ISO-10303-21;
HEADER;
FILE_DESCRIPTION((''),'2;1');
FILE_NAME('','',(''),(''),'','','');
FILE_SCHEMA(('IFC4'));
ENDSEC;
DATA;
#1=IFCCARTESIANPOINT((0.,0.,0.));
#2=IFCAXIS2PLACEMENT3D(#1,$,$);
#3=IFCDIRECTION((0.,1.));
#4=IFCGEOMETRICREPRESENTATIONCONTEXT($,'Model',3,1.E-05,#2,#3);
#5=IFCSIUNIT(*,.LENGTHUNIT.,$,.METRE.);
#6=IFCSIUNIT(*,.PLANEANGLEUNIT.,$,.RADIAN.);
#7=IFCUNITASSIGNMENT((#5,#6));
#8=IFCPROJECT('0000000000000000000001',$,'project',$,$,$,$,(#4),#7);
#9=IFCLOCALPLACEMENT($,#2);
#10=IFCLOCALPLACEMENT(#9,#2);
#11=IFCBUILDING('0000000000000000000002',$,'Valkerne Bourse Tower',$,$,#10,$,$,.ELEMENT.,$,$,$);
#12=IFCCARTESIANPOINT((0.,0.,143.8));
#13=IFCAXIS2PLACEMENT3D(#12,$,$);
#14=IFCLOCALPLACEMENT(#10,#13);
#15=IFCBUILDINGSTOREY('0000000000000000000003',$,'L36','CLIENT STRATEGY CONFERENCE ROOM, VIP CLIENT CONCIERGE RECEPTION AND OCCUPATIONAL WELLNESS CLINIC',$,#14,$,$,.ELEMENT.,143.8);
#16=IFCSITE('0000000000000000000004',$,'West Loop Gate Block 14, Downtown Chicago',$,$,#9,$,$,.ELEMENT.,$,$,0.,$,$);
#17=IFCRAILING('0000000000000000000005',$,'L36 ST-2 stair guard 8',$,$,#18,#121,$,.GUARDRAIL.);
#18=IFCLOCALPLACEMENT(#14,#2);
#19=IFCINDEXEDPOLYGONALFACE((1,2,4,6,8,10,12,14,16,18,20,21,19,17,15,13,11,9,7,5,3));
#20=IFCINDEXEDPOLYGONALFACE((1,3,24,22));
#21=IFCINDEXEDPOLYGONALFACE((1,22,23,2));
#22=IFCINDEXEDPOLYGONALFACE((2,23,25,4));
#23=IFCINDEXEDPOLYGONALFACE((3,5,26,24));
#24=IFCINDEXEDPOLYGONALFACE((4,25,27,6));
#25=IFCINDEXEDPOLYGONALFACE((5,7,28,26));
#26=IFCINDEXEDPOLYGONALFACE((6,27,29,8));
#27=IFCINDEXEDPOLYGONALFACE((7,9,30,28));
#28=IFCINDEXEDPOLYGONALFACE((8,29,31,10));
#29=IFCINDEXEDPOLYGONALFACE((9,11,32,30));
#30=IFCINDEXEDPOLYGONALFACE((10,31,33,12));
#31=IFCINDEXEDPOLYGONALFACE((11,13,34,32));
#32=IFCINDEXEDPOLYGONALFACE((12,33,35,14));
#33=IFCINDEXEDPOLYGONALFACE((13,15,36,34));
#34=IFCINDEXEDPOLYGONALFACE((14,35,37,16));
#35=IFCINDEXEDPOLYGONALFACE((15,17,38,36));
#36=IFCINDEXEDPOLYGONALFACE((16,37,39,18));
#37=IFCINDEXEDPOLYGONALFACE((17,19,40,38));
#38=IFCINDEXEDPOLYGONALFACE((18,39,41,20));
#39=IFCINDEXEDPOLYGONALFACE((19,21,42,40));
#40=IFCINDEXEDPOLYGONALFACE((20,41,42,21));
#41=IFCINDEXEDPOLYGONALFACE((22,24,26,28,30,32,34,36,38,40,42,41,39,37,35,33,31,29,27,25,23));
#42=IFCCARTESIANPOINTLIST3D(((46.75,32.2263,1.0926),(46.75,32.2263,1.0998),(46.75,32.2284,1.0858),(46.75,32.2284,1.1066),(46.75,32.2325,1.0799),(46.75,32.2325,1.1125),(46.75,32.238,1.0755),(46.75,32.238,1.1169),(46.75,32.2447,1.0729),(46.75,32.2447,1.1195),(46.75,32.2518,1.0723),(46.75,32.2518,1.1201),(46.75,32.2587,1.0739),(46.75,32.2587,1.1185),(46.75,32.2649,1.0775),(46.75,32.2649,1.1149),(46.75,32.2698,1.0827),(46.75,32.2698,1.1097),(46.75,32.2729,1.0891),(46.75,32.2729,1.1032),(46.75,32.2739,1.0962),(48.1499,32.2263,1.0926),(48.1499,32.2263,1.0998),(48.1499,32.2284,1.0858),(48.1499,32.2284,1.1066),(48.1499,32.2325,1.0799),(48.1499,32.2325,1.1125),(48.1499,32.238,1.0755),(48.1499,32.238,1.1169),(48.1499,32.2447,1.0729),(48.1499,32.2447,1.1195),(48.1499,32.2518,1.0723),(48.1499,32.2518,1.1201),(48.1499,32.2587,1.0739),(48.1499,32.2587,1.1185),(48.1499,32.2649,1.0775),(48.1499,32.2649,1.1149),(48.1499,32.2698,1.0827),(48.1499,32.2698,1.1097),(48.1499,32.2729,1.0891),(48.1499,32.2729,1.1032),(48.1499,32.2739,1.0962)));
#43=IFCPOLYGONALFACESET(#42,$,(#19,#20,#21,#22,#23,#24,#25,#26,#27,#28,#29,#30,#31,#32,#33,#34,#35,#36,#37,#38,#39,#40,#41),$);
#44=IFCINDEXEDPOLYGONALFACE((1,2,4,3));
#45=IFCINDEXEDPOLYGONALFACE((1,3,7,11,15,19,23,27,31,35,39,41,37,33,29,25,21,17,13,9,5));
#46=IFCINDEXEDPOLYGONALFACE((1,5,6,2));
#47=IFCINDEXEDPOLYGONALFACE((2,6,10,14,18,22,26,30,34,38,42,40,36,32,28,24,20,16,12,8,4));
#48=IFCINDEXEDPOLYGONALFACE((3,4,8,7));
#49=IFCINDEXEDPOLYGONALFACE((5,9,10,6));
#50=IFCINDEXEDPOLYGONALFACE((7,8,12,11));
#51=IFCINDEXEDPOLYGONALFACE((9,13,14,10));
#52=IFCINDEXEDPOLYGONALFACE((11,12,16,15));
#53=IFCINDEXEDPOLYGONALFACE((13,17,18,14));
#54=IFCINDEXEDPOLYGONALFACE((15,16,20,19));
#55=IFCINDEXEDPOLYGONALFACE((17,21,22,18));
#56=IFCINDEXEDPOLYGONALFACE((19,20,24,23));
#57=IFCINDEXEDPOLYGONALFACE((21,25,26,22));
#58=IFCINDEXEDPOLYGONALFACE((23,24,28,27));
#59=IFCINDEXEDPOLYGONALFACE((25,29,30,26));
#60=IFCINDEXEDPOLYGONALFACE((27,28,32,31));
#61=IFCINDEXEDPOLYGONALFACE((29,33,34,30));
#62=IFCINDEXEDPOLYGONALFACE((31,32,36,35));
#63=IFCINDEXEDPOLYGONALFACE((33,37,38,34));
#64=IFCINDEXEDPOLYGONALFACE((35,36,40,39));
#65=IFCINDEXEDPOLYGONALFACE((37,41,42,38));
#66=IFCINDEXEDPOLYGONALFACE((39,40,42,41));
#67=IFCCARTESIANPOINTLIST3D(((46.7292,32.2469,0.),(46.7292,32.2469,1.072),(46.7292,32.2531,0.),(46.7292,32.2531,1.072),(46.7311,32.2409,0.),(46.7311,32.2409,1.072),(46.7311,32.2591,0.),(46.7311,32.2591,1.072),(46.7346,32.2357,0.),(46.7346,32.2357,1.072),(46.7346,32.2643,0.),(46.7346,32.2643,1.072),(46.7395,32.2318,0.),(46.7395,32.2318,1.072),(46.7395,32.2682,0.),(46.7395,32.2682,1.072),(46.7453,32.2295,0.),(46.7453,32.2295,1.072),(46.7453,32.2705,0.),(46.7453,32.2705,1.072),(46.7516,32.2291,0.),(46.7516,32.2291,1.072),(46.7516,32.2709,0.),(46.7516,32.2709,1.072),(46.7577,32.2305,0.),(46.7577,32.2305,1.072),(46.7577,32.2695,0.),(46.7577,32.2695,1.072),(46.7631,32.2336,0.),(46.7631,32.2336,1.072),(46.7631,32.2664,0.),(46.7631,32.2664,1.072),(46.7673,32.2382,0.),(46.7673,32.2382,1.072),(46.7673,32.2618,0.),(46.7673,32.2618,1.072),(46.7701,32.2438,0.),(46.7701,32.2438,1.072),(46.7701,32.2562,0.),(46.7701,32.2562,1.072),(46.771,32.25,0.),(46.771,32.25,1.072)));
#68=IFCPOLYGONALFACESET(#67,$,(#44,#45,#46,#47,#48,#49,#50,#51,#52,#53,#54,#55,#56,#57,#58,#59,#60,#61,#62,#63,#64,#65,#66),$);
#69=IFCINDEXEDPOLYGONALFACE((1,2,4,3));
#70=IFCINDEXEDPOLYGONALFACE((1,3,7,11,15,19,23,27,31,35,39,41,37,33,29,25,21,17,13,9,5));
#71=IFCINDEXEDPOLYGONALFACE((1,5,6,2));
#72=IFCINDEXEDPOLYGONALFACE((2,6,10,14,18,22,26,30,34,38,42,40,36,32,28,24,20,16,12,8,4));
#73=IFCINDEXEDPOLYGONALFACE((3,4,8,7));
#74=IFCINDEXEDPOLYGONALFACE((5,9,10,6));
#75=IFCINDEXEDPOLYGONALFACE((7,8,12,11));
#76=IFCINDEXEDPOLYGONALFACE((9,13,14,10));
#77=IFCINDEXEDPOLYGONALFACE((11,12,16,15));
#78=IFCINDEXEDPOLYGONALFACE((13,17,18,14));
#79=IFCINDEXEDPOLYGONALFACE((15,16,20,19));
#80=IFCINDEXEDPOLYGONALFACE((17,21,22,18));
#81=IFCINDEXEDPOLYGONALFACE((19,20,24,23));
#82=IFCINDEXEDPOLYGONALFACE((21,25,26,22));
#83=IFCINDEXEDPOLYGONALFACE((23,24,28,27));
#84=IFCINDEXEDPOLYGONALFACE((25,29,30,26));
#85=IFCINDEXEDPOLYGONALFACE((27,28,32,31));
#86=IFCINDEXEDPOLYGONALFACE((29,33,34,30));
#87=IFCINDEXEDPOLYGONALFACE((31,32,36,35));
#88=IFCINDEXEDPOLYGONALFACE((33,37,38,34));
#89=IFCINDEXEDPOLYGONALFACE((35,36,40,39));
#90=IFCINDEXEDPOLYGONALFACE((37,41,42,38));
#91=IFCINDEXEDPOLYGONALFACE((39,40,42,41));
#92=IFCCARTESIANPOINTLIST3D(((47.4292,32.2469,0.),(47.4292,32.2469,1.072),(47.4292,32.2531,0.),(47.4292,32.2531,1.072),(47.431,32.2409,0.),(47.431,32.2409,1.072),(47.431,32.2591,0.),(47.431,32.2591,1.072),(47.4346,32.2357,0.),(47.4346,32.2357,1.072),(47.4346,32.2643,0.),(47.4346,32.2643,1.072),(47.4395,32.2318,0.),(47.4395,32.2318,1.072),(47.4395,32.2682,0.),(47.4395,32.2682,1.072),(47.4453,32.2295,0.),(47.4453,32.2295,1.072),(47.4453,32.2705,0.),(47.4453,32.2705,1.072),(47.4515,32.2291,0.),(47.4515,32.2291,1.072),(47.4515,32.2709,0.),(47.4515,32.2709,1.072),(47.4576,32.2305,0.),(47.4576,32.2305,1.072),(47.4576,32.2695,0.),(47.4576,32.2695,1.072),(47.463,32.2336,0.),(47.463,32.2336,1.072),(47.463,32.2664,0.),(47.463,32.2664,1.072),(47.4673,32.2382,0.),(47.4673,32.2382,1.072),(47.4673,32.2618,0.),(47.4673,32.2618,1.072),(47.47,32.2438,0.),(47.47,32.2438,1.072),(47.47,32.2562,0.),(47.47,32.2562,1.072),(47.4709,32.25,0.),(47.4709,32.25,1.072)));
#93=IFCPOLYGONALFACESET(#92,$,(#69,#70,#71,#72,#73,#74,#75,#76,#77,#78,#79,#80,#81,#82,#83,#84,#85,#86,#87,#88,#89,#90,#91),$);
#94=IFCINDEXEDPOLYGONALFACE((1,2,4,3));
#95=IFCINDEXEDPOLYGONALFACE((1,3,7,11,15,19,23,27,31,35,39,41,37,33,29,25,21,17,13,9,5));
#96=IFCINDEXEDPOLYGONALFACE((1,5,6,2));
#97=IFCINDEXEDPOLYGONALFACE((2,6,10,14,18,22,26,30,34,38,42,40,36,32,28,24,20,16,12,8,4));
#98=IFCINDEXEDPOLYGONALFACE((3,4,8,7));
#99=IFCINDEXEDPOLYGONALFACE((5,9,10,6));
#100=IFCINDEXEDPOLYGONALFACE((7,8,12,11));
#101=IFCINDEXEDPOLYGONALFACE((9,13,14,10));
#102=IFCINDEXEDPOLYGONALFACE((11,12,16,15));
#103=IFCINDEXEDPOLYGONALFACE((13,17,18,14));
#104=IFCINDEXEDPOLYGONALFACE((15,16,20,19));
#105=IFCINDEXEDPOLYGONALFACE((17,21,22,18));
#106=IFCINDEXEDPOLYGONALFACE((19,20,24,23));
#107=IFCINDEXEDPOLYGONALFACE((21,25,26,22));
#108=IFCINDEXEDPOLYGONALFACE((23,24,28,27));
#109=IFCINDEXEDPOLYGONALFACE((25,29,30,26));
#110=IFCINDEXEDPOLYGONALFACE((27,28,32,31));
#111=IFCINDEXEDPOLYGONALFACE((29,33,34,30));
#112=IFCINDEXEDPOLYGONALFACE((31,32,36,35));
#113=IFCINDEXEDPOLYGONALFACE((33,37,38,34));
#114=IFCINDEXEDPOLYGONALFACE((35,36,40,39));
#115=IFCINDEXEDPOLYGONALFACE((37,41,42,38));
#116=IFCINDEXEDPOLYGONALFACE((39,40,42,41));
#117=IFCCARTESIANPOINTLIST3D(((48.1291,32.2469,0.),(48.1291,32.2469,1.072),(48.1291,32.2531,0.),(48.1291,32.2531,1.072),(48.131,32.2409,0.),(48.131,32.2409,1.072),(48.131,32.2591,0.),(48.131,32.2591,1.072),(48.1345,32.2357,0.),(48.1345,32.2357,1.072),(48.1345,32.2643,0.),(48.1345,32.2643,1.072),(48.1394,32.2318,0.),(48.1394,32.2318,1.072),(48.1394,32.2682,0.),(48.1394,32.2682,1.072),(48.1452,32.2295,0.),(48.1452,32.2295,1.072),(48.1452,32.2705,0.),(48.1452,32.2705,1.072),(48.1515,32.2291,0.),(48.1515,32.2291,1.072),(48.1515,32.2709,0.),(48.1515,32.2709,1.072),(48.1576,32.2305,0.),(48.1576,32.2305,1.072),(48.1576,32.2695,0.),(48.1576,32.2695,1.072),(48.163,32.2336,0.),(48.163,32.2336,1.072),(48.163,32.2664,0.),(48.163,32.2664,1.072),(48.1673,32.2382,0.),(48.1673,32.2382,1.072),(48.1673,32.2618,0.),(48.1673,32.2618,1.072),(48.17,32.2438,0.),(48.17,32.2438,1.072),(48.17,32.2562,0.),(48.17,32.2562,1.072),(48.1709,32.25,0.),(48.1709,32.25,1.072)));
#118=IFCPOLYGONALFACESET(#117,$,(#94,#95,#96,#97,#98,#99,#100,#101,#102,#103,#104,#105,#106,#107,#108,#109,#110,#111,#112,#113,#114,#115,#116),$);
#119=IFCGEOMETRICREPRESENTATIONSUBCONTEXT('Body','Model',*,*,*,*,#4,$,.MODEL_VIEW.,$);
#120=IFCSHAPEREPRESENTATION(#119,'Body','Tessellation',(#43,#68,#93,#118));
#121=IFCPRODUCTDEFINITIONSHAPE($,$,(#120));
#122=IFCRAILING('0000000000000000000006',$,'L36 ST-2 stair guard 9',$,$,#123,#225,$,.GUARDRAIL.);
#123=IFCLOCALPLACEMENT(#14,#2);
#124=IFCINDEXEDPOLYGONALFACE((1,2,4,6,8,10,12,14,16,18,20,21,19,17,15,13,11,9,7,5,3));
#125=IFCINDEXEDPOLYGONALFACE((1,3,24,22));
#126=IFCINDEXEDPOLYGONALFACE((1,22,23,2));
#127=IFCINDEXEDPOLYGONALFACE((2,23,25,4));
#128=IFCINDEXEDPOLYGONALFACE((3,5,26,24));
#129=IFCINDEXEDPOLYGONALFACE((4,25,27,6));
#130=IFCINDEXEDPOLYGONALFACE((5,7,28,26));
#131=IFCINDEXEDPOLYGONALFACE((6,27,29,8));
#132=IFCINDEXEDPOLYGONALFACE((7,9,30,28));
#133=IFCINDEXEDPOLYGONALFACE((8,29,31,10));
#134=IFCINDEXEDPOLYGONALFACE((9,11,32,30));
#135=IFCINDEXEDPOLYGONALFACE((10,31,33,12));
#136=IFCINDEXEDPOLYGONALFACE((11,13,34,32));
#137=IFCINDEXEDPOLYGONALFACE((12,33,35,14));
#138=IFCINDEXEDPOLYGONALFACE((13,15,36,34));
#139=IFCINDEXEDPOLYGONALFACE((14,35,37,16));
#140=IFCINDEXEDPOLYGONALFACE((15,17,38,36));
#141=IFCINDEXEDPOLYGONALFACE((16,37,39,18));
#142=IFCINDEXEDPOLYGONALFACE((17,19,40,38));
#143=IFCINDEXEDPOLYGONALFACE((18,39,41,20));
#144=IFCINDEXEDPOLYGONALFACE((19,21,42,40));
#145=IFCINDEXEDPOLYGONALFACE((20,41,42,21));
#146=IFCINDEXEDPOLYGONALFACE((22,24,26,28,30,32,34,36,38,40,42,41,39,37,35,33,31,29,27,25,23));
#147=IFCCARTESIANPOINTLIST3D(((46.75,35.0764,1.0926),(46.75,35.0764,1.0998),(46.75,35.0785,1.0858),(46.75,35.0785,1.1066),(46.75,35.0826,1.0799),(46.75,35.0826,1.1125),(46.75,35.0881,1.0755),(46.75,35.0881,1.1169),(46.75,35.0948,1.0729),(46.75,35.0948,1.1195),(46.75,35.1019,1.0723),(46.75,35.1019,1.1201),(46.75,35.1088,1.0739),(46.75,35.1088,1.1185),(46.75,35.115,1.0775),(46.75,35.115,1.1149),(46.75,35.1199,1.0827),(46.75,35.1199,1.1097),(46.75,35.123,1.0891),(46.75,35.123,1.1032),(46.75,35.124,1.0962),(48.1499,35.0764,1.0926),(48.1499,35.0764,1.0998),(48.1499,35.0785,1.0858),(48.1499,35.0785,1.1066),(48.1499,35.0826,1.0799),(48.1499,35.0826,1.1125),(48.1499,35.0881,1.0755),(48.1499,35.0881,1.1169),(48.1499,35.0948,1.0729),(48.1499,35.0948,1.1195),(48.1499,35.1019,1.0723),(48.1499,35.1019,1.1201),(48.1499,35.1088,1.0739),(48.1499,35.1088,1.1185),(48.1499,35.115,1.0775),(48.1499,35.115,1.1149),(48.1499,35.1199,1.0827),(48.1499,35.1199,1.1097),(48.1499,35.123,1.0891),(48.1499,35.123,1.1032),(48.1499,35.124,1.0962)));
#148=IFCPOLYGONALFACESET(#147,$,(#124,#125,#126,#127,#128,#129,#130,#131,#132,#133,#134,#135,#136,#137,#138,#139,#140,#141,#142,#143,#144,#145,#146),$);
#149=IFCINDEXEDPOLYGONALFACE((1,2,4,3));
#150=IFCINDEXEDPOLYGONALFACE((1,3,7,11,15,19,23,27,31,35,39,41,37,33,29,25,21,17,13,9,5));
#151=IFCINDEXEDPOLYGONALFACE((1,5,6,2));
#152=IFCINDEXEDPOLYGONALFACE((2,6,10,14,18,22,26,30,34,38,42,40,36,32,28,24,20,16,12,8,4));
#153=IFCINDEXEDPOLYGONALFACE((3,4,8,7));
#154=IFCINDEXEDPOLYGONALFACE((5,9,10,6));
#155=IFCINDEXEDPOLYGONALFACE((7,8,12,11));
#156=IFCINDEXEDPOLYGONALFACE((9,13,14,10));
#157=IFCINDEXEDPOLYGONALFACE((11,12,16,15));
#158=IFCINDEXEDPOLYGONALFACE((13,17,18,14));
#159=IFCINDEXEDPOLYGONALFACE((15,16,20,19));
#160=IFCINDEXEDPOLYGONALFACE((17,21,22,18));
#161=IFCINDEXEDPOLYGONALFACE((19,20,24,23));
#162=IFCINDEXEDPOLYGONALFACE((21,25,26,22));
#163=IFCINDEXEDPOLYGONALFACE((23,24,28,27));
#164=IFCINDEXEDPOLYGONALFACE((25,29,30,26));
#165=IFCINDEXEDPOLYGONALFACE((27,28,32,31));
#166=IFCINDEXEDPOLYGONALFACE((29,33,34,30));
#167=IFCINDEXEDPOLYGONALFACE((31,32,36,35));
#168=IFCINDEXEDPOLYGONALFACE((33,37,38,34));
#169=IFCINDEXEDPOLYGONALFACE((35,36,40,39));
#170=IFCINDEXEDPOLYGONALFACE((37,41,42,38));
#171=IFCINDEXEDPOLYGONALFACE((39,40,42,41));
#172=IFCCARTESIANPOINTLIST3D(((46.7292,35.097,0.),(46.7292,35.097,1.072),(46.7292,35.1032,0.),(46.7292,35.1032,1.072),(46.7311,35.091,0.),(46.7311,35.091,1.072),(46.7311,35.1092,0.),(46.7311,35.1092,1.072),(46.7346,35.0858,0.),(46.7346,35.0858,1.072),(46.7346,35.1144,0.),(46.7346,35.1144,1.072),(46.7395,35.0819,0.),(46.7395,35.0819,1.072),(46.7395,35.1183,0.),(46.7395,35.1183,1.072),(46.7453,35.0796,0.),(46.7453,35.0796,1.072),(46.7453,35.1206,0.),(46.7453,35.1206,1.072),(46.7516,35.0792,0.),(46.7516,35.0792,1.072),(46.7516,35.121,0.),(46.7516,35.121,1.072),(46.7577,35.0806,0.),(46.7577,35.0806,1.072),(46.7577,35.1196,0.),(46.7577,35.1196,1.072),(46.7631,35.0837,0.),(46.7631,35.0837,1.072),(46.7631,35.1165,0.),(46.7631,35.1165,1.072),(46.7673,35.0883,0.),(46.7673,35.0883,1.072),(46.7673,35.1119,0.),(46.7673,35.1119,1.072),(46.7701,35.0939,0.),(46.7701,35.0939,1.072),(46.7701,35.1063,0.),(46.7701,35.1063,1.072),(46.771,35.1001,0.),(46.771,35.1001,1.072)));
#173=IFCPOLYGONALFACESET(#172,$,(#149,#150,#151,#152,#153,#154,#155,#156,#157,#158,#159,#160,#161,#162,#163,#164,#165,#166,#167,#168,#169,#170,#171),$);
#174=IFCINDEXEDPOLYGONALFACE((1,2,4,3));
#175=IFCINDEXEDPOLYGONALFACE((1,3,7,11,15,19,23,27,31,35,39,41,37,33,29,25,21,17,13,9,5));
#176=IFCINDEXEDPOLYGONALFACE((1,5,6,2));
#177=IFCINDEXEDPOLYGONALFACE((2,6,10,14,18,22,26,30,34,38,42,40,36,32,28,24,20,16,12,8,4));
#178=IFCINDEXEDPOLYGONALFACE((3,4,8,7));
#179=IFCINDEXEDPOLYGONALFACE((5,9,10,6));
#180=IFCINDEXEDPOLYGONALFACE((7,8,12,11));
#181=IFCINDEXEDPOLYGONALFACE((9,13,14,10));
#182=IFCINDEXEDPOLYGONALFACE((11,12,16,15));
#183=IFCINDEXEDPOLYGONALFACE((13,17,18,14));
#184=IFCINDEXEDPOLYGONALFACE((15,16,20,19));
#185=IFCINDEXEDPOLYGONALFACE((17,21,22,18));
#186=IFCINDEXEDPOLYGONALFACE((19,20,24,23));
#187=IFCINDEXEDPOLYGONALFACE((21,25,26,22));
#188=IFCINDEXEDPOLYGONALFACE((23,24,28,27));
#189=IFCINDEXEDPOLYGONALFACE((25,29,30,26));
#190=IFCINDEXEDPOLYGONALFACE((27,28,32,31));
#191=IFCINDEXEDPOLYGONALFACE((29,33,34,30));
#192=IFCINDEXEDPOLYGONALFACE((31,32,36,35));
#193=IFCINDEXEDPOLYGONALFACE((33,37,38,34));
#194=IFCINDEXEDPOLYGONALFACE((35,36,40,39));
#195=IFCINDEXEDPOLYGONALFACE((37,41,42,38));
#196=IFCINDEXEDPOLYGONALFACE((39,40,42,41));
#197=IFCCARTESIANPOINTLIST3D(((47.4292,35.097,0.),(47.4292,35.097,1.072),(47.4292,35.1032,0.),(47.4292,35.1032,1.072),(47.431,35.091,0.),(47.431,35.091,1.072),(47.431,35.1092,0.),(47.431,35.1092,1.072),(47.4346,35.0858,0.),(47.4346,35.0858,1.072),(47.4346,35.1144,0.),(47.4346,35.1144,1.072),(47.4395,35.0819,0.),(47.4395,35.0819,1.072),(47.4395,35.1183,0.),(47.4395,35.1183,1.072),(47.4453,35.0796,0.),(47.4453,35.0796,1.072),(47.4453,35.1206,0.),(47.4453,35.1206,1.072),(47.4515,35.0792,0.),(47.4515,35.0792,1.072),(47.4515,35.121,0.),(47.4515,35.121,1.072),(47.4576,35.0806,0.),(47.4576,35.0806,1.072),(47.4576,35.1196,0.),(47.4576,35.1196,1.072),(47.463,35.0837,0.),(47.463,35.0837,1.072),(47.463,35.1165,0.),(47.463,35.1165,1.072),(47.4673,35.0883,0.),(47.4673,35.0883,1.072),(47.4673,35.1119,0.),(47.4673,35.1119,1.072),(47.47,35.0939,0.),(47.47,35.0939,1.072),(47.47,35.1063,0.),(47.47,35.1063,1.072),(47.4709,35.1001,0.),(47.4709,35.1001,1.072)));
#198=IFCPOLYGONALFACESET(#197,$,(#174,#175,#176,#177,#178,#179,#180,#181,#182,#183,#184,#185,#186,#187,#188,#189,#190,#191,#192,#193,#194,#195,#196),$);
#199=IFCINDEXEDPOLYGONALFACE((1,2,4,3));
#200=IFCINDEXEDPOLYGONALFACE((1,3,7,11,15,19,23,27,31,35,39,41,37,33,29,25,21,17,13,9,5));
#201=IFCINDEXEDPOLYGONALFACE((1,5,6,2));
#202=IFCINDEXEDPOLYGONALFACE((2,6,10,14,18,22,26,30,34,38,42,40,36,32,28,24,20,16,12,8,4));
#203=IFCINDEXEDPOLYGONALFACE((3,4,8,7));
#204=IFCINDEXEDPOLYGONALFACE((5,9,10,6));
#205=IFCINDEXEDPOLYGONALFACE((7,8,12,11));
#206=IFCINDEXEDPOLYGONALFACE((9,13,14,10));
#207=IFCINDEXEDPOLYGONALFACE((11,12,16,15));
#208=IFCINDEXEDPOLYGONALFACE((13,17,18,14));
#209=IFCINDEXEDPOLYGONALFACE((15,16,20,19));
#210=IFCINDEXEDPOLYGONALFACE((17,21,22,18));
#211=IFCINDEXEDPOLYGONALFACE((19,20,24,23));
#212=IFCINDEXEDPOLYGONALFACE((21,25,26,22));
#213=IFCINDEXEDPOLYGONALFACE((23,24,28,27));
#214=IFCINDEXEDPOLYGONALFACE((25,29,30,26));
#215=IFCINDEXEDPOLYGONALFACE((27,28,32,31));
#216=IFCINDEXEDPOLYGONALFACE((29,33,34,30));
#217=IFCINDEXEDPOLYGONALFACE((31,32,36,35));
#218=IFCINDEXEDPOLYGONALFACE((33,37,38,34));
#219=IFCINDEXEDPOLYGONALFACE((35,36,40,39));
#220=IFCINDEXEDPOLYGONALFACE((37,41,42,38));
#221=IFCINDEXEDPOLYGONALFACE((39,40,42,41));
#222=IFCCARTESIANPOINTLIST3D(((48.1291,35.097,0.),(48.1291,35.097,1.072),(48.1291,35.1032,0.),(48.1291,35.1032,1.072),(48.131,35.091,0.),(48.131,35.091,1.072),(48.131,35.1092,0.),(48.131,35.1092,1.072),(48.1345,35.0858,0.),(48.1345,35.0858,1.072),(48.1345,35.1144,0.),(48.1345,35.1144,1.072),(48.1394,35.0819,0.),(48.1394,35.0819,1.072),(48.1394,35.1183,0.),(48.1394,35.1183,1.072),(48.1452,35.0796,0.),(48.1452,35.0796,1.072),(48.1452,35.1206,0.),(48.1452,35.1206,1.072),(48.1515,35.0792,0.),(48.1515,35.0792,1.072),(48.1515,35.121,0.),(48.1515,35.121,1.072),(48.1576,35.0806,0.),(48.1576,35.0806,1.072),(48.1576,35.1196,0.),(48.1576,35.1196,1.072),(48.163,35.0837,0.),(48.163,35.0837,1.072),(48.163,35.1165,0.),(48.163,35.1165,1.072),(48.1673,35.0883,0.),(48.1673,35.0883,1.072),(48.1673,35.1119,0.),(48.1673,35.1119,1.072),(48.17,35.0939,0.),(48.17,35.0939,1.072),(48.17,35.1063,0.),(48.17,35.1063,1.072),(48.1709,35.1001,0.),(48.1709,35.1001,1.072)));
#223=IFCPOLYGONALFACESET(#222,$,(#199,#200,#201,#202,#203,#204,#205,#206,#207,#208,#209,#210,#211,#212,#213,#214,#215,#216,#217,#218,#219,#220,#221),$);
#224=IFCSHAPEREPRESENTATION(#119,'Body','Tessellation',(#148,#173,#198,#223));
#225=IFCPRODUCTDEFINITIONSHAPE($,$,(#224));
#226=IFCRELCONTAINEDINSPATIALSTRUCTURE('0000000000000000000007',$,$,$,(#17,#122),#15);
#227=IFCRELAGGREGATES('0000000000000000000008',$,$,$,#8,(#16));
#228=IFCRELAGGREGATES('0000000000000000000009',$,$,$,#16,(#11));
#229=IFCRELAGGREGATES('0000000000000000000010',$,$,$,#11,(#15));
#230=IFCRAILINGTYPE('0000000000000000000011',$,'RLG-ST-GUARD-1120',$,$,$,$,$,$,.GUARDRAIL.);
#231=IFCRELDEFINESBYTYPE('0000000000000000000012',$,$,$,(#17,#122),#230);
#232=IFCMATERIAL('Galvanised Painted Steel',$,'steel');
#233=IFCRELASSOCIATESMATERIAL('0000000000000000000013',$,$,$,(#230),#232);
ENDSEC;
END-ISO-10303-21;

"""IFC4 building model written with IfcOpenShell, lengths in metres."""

from ifc_helpers import new_model, si_unit, direction, frame, origin, origin_2d, place, context, subcontext, project, spatial, circle, extrude, material, type_object, element, save


model = new_model("IFC4")

# Units and contexts
model_context = context("Model", 3, precision=1e-05, world=origin(), true_north=direction((0.0, 1.0)))
body_context = subcontext(model_context, "Body", "Model", "MODEL_VIEW")
ifc_project = project(units=[si_unit("LENGTHUNIT", "METRE"), si_unit("PLANEANGLEUNIT", "RADIAN")], contexts=[model_context])

# Site, building, storey
site_placement = place(None, origin())
site = spatial("IfcSite", under=ifc_project, at=site_placement, Name="West Loop Gate Block 14, Downtown Chicago", CompositionType="ELEMENT", RefElevation=0.0)
building_placement = place(site_placement, origin())
building = spatial("IfcBuilding", under=site, at=building_placement, Name="Valkerne Bourse Tower", CompositionType="ELEMENT")
storey_placement = place(building_placement, frame((0.0, 0.0, 143.8)))
storey = spatial("IfcBuildingStorey", under=building, at=storey_placement, Name="L36", Description="CLIENT STRATEGY CONFERENCE ROOM, VIP CLIENT CONCIERGE RECEPTION AND OCCUPATIONAL WELLNESS CLINIC", CompositionType="ELEMENT", Elevation=143.8)

# Shared definitions
ifc_material_1 = material(Name="Galvanised Painted Steel", Category="steel")

# Railings
railing_type = type_object("IfcRailingType", Name="RLG-ST-GUARD-1120", PredefinedType="GUARDRAIL", material=ifc_material_1)
for number, where, name in (
    (1, (46.75, 32.25, 0.0), "L36 ST-2 stair guard 8"),
    (2, (46.75, 35.1001, 0.0), "L36 ST-2 stair guard 9"),
):
    element("IfcRailing", number, at=place(storey_placement, frame(where)), inside=storey, type_object=railing_type, Name=name, PredefinedType="GUARDRAIL", context=body_context, shape_type="SweptSolid", body=[
        extrude(circle(Radius=0.0239, at=origin_2d()), frame((0.0, 0.0, 1.0962), z_axis=(1.0, 0.0, 0.0), x_axis=(0.0, 1.0, 0.0)), (0.0, 0.0, 1.0), 1.3999),
        extrude(circle(Radius=0.021, at=origin_2d()), origin(), (0.0, 0.0, 1.0), 1.072),
        extrude(circle(Radius=0.021, at=origin_2d()), frame((0.7, 0.0, 0.0)), (0.0, 0.0, 1.0), 1.072),
        extrude(circle(Radius=0.021, at=origin_2d()), frame((1.3999, 0.0, 0.0)), (0.0, 0.0, 1.0), 1.072),
    ])

save(model, "model.ifc")
